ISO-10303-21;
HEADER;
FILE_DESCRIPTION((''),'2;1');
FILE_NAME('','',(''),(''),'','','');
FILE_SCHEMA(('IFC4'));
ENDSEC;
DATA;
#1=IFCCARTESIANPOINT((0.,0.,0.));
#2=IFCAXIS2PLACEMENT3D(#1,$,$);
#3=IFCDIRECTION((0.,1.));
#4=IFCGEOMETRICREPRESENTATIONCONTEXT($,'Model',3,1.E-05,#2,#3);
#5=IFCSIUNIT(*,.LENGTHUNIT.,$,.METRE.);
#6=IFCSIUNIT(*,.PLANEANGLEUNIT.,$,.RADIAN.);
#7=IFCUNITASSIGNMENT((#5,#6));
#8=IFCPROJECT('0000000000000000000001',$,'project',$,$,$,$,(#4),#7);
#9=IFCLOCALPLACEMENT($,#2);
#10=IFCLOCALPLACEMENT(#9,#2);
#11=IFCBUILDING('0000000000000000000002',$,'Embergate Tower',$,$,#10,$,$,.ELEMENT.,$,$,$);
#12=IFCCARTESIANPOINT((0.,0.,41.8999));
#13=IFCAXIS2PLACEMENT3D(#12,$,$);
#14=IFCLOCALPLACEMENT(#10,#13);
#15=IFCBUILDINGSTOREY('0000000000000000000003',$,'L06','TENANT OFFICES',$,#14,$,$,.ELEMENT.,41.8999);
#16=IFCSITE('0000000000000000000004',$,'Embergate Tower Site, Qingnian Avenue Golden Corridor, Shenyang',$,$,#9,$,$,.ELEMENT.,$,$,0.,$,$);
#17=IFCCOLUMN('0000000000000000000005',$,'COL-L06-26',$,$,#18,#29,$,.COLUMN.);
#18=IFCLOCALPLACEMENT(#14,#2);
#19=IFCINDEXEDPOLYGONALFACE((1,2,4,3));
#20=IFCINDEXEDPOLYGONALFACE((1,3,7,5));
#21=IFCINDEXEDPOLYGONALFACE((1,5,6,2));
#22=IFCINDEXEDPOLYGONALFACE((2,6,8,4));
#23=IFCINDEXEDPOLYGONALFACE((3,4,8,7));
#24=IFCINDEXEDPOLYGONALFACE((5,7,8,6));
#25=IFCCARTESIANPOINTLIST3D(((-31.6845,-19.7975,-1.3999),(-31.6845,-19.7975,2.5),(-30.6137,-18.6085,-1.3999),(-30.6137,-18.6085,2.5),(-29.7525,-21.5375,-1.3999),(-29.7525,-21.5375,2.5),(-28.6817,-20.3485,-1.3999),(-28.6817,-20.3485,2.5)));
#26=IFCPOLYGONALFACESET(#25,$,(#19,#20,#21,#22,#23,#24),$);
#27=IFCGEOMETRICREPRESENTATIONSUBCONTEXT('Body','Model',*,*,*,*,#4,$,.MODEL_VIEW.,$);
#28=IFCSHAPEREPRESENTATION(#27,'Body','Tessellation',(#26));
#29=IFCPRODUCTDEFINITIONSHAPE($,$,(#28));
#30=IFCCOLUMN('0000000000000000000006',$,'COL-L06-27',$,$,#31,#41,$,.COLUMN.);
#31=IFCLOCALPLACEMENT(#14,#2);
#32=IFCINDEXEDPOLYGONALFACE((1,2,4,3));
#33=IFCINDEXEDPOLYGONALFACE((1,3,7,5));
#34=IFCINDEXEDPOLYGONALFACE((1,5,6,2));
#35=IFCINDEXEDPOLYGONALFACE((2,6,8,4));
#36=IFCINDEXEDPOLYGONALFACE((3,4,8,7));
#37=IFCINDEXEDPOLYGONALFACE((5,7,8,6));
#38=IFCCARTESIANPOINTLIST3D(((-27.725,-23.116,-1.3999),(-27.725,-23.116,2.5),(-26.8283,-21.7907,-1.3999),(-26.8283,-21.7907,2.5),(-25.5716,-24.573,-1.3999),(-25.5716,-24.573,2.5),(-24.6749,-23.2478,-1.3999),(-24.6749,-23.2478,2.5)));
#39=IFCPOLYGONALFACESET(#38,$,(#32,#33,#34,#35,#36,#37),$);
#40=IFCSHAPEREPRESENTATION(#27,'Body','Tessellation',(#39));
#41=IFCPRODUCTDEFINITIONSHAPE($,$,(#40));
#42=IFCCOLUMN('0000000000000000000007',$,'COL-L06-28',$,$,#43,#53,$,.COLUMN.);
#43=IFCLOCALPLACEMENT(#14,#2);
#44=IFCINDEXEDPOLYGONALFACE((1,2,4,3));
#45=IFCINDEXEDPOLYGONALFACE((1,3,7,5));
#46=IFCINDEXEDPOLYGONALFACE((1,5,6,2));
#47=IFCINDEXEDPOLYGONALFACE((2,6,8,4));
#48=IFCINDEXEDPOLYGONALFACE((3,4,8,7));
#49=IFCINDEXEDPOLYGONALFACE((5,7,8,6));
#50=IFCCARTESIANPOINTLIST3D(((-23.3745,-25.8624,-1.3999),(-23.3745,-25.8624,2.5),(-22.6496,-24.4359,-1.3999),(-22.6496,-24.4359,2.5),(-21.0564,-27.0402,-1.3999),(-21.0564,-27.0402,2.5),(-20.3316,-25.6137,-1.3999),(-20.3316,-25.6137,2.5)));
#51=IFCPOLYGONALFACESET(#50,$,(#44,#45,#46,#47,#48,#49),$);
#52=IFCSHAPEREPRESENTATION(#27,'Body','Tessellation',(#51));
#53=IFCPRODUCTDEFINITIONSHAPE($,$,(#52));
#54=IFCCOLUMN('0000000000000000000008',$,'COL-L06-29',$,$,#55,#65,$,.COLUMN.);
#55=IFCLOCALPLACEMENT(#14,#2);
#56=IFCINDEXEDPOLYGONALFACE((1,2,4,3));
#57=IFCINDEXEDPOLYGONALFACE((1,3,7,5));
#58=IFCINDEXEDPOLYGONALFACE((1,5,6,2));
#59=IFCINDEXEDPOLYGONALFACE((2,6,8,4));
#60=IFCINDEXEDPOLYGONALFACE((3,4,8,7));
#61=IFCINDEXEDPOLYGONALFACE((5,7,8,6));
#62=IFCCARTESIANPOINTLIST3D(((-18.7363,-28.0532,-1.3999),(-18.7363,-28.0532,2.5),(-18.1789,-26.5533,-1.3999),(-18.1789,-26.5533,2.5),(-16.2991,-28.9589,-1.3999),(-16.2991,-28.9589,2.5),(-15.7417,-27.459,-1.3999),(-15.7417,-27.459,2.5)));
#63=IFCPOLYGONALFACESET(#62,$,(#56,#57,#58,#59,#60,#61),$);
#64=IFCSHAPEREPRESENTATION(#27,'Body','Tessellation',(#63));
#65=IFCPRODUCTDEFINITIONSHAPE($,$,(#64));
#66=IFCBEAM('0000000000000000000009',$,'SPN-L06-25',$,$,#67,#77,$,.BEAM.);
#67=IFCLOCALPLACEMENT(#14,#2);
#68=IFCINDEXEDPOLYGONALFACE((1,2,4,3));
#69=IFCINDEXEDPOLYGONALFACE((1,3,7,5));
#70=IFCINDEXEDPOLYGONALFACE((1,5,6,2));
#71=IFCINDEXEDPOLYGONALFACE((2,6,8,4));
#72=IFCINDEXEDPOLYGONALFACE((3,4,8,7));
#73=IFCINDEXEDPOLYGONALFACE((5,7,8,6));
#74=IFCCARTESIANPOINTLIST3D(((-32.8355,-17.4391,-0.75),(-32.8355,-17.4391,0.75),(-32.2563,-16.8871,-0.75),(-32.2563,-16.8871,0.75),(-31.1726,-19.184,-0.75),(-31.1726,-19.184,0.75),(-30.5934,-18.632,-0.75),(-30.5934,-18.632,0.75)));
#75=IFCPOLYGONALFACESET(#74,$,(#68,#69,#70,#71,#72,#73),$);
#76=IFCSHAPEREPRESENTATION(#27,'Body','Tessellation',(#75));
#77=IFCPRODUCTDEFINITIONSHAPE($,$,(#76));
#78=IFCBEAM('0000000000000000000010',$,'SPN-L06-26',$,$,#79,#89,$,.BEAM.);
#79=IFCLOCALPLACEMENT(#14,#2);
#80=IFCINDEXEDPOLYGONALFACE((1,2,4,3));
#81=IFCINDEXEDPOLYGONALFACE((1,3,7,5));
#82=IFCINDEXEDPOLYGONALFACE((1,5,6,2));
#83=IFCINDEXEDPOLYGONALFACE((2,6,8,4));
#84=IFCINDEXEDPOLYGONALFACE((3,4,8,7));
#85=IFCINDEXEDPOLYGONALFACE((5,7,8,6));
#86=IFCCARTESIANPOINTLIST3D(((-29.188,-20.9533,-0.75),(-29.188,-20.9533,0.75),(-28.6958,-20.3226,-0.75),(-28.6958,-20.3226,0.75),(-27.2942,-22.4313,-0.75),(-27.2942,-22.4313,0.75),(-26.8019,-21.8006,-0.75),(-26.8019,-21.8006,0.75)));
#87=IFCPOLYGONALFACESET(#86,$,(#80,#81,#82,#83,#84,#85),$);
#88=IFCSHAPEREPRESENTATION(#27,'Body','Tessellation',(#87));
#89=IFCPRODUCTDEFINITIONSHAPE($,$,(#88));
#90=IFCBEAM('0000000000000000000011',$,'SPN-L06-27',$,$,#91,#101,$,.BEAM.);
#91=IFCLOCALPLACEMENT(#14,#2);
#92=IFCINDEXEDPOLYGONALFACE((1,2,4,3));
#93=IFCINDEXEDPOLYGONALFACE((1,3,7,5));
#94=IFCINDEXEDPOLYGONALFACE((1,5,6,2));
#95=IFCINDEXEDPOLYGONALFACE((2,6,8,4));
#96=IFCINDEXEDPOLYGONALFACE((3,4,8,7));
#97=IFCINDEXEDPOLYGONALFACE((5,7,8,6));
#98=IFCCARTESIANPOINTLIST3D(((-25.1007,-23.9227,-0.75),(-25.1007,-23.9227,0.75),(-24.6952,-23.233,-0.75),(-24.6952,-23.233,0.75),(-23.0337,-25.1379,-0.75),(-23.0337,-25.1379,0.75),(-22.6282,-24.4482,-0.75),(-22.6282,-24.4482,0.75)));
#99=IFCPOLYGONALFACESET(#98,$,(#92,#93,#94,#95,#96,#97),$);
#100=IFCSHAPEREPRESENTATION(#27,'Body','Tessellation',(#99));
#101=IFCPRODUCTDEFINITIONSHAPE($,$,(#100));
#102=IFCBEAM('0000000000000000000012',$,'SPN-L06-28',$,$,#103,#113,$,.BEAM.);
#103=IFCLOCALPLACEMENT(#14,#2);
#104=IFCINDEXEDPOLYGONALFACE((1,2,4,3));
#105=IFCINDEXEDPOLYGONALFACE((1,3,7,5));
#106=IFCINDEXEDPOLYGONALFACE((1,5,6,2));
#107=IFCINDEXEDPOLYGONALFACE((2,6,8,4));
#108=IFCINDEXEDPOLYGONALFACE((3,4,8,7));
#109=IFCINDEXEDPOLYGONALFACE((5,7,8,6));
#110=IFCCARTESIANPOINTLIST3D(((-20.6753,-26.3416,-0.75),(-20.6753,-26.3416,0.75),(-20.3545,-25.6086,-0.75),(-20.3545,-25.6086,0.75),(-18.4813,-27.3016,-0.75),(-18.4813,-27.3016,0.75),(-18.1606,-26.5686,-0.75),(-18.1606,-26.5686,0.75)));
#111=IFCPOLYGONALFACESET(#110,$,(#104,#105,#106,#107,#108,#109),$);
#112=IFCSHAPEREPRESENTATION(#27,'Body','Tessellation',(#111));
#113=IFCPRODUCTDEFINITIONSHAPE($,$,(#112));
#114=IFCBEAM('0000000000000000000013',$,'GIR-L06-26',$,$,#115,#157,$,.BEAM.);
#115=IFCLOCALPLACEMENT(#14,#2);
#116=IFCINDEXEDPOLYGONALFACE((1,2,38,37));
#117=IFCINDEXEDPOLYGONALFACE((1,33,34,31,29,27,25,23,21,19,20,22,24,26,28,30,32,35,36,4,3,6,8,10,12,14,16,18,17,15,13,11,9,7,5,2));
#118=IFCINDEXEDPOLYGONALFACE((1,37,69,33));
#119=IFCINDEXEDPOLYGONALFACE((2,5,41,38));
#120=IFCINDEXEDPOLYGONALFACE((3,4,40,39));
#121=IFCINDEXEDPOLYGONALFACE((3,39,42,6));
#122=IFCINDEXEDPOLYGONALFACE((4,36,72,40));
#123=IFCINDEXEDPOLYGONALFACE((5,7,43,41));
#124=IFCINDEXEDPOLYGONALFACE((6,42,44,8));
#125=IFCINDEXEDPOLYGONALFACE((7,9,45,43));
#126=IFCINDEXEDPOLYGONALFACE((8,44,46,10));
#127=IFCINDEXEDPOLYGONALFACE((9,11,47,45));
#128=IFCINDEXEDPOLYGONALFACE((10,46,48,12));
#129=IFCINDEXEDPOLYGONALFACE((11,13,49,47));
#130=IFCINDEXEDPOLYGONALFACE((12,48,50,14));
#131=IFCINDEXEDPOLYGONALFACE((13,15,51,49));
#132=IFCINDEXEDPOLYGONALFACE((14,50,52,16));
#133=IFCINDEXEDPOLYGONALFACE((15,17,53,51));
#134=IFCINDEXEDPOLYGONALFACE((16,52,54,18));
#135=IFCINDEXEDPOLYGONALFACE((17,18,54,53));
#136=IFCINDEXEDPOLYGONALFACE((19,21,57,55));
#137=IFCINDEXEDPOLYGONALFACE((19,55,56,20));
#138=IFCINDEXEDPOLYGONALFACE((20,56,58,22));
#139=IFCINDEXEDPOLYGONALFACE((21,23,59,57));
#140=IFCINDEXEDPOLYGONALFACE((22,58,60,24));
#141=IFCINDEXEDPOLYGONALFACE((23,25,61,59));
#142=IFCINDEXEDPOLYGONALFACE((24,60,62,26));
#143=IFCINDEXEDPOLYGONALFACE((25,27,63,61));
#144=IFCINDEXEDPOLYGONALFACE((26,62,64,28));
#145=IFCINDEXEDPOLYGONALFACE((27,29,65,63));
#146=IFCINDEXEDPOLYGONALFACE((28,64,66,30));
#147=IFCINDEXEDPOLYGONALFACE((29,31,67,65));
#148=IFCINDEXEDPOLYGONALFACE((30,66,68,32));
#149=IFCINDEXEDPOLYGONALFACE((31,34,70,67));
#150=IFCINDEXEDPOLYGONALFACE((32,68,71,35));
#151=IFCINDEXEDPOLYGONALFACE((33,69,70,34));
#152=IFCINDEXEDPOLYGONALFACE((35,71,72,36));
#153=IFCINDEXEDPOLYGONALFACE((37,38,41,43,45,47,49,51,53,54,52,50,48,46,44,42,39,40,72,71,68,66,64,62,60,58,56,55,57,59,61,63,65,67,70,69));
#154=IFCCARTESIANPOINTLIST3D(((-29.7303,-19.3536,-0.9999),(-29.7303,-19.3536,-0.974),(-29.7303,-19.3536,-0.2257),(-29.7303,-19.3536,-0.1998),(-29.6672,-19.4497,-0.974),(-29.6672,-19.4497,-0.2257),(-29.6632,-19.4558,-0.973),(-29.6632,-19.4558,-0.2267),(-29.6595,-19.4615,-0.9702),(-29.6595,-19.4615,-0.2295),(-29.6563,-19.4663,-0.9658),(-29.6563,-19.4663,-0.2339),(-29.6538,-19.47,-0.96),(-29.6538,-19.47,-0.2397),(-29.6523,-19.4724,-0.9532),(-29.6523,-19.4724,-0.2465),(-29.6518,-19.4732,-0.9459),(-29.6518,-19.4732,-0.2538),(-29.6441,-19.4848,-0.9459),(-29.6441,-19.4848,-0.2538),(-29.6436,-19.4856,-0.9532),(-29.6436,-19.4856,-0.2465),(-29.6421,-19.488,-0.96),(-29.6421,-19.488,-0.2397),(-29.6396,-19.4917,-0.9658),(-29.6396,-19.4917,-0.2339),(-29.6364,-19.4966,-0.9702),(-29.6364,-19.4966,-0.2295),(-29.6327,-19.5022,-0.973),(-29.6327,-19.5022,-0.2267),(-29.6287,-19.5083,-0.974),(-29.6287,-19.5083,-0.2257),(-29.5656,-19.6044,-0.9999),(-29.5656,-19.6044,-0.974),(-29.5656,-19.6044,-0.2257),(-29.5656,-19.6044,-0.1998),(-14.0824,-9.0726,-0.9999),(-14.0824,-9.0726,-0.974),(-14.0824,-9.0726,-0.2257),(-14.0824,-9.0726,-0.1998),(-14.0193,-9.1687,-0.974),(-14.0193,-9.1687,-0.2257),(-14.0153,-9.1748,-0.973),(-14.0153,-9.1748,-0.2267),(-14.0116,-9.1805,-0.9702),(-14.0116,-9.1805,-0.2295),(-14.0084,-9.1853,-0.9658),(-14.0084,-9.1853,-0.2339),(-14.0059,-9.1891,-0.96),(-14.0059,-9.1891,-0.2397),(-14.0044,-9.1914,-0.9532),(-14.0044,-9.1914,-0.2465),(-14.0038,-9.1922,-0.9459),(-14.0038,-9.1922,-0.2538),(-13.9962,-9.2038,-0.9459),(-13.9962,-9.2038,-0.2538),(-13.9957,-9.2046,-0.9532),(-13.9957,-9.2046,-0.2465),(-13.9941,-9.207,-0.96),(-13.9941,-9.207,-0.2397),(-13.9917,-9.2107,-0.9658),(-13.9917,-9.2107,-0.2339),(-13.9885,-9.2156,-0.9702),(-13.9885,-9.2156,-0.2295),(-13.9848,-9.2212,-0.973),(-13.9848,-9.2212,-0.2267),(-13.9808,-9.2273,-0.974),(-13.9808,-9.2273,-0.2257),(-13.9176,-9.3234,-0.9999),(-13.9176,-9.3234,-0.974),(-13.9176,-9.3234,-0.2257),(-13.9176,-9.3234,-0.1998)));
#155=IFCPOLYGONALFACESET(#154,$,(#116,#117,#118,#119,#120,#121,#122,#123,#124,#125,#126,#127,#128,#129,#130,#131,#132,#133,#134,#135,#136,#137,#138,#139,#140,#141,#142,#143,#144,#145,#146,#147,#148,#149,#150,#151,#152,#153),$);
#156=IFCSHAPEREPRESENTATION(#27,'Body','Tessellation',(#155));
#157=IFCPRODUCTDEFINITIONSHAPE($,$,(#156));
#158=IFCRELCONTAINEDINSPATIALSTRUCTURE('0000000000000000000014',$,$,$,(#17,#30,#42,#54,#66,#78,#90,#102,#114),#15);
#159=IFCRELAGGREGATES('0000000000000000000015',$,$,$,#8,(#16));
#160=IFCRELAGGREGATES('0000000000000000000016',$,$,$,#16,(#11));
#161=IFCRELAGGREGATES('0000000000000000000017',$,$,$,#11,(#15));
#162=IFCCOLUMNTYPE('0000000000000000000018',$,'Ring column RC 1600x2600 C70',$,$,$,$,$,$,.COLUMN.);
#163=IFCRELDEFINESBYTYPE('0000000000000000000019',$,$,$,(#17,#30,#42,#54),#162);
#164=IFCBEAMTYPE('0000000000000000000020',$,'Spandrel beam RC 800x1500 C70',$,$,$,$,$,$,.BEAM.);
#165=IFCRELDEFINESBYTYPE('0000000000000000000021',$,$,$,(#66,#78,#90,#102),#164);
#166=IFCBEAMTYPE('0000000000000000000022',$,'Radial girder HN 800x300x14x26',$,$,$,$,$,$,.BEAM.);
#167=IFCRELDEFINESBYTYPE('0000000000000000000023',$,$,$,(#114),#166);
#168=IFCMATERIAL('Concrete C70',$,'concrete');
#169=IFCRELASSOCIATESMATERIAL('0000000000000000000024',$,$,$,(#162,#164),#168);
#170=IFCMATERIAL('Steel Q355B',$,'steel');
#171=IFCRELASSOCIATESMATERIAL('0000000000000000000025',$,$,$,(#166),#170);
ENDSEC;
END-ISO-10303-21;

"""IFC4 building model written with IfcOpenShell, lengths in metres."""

from ifc_helpers import new_model, si_unit, direction, frame, origin, origin_2d, place, context, subcontext, project, spatial, rectangle, i_section, extrude, source, transform, mapped, material, material_profile, profile_set, type_object, element, save


model = new_model("IFC4")

# Units and contexts
model_context = context("Model", 3, precision=1e-05, world=origin(), true_north=direction((0.0, 1.0)))
body_context = subcontext(model_context, "Body", "Model", "MODEL_VIEW")
ifc_project = project(units=[si_unit("LENGTHUNIT", "METRE"), si_unit("PLANEANGLEUNIT", "RADIAN")], contexts=[model_context])

# Site, building, storey
site_placement = place(None, origin())
site = spatial("IfcSite", under=ifc_project, at=site_placement, Name="Embergate Tower Site, Qingnian Avenue Golden Corridor, Shenyang", CompositionType="ELEMENT", RefElevation=0.0)
building_placement = place(site_placement, origin())
building = spatial("IfcBuilding", under=site, at=building_placement, Name="Embergate Tower", CompositionType="ELEMENT")
storey_placement = place(building_placement, frame((0.0, 0.0, 41.8999)))
storey = spatial("IfcBuildingStorey", under=building, at=storey_placement, Name="L06", Description="TENANT OFFICES", CompositionType="ELEMENT", Elevation=41.8999)

# Columns
ifc_material_1 = material(Name="Concrete C70", Category="concrete")
ifc_material_profile_1 = material_profile(ifc_material_1, rectangle(XDim=1.6001, YDim=2.6001, at=origin_2d()), Name="RC 1600x2600")
ifc_profile_set_1 = profile_set([ifc_material_profile_1], Name="Concrete C70")
column_type = type_object("IfcColumnType", Name="Ring column RC 1600x2600 C70", PredefinedType="COLUMN", material=ifc_profile_set_1)
shared_shape_1 = source(origin(), body_context, "Body", "SweptSolid", [
    extrude(rectangle(XDim=1.6001, YDim=2.6001, at=origin_2d()), origin(), (0.0, 0.0, 1.0), 3.8999),
])
for number, where, z_axis, x_axis, name in (
    (1, (-30.1831, -20.073, -1.3999), (0.0, 0.0, 1.0), (-0.669208, -0.743075, 0.0), "COL-L06-26"),
    (2, (-26.2, -23.1819, -1.3999), (0.0, 0.0, 1.0), (-0.560393, -0.828227, 0.0), "COL-L06-27"),
    (3, (-21.853, -25.738, -1.3999), (0.0, 0.0, 1.0), (-0.452995, -0.891513, 0.0), "COL-L06-28"),
    (4, (-17.239, -27.7561, -1.3999), (0.0, 0.0, 1.0), (-0.348343, -0.937367, 0.0), "COL-L06-29"),
):
    element("IfcColumn", number, at=place(storey_placement, frame(where, z_axis=z_axis, x_axis=x_axis)), inside=storey, type_object=column_type, Name=name, PredefinedType="COLUMN", context=body_context, shape_type="MappedRepresentation", body=[
        mapped(shared_shape_1, transform((0.0, 0.0, 0.0))),
    ])

# Beams
ifc_material_profile_2 = material_profile(ifc_material_1, rectangle(XDim=0.8, YDim=1.5, at=origin_2d()), Name="RC 800x1500")
ifc_profile_set_2 = profile_set([ifc_material_profile_2], Name="Concrete C70")
beam_type_1 = type_object("IfcBeamType", Name="Spandrel beam RC 800x1500 C70", PredefinedType="BEAM", material=ifc_profile_set_2)
shared_shape_2 = source(origin(), body_context, "Body", "SweptSolid", [
    extrude(rectangle(XDim=0.8, YDim=1.5, at=origin_2d()), origin(), (0.0, 0.0, 1.0), 2.4104),
])
beam_1_placement = place(storey_placement, frame((-32.5459, -17.1631, 0.0), z_axis=(0.689885, -0.723919, 0.0), x_axis=(0.723919, 0.689885, 0.0)))
element("IfcBeam", 5, at=beam_1_placement, inside=storey, type_object=beam_type_1, Name="SPN-L06-25", PredefinedType="BEAM", context=body_context, shape_type="MappedRepresentation", body=[
    mapped(shared_shape_2, transform((0.0, 0.0, 0.0))),
])
shared_shape_3 = source(origin(), body_context, "Body", "SweptSolid", [
    extrude(rectangle(XDim=0.8, YDim=1.5, at=origin_2d()), origin(), (0.0, 0.0, 1.0), 2.4023),
])
beam_2_placement = place(storey_placement, frame((-28.9419, -20.6379, 0.0), z_axis=(0.788328, -0.615255, 0.0), x_axis=(0.615255, 0.788328, 0.0)))
element("IfcBeam", 6, at=beam_2_placement, inside=storey, type_object=beam_type_1, Name="SPN-L06-26", PredefinedType="BEAM", context=body_context, shape_type="MappedRepresentation", body=[
    mapped(shared_shape_3, transform((0.0, 0.0, 0.0))),
])
shared_shape_4 = source(origin(), body_context, "Body", "SweptSolid", [
    extrude(rectangle(XDim=0.8, YDim=1.5, at=origin_2d()), origin(), (0.0, 0.0, 1.0), 2.3977),
])
beam_3_placement = place(storey_placement, frame((-24.8979, -23.5779, 0.0), z_axis=(0.862068, -0.506793, 0.0), x_axis=(0.506793, 0.862068, 0.0)))
element("IfcBeam", 7, at=beam_3_placement, inside=storey, type_object=beam_type_1, Name="SPN-L06-27", PredefinedType="BEAM", context=body_context, shape_type="MappedRepresentation", body=[
    mapped(shared_shape_4, transform((0.0, 0.0, 0.0))),
])
shared_shape_5 = source(origin(), body_context, "Body", "SweptSolid", [
    extrude(rectangle(XDim=0.8, YDim=1.5, at=origin_2d()), origin(), (0.0, 0.0, 1.0), 2.3948),
])
beam_4_placement = place(storey_placement, frame((-20.5149, -25.9751, 0.0), z_axis=(0.916134, -0.400872, 0.0), x_axis=(0.400872, 0.916134, 0.0)))
element("IfcBeam", 8, at=beam_4_placement, inside=storey, type_object=beam_type_1, Name="SPN-L06-28", PredefinedType="BEAM", context=body_context, shape_type="MappedRepresentation", body=[
    mapped(shared_shape_5, transform((0.0, 0.0, 0.0))),
])
ifc_material_2 = material(Name="Steel Q355B", Category="steel")
ifc_material_profile_3 = material_profile(ifc_material_2, i_section(OverallWidth=0.3, OverallDepth=0.8, WebThickness=0.0139, FlangeThickness=0.0259, FilletRadius=0.0281, at=origin_2d()), Name="HN 800x300x14x26")
ifc_profile_set_3 = profile_set([ifc_material_profile_3], Name="Steel Q355 grade B")
beam_type_2 = type_object("IfcBeamType", Name="Radial girder HN 800x300x14x26", PredefinedType="BEAM", material=ifc_profile_set_3)
shared_shape_6 = source(origin(), body_context, "Body", "SweptSolid", [
    extrude(i_section(OverallWidth=0.3, OverallDepth=0.8, WebThickness=0.0139, FlangeThickness=0.0259, FilletRadius=0.0281, at=origin_2d()), origin(), (0.0, 0.0, 1.0), 18.7231),
])
beam_5_placement = place(storey_placement, frame((-29.6479, -19.479, -0.5999), z_axis=(0.835753, 0.549106, 0.0), x_axis=(-0.549106, 0.835753, 0.0)))
element("IfcBeam", 9, at=beam_5_placement, inside=storey, type_object=beam_type_2, Name="GIR-L06-26", PredefinedType="BEAM", context=body_context, shape_type="MappedRepresentation", body=[
    mapped(shared_shape_6, transform((0.0, 0.0, 0.0))),
])

save(model, "model.ifc")
